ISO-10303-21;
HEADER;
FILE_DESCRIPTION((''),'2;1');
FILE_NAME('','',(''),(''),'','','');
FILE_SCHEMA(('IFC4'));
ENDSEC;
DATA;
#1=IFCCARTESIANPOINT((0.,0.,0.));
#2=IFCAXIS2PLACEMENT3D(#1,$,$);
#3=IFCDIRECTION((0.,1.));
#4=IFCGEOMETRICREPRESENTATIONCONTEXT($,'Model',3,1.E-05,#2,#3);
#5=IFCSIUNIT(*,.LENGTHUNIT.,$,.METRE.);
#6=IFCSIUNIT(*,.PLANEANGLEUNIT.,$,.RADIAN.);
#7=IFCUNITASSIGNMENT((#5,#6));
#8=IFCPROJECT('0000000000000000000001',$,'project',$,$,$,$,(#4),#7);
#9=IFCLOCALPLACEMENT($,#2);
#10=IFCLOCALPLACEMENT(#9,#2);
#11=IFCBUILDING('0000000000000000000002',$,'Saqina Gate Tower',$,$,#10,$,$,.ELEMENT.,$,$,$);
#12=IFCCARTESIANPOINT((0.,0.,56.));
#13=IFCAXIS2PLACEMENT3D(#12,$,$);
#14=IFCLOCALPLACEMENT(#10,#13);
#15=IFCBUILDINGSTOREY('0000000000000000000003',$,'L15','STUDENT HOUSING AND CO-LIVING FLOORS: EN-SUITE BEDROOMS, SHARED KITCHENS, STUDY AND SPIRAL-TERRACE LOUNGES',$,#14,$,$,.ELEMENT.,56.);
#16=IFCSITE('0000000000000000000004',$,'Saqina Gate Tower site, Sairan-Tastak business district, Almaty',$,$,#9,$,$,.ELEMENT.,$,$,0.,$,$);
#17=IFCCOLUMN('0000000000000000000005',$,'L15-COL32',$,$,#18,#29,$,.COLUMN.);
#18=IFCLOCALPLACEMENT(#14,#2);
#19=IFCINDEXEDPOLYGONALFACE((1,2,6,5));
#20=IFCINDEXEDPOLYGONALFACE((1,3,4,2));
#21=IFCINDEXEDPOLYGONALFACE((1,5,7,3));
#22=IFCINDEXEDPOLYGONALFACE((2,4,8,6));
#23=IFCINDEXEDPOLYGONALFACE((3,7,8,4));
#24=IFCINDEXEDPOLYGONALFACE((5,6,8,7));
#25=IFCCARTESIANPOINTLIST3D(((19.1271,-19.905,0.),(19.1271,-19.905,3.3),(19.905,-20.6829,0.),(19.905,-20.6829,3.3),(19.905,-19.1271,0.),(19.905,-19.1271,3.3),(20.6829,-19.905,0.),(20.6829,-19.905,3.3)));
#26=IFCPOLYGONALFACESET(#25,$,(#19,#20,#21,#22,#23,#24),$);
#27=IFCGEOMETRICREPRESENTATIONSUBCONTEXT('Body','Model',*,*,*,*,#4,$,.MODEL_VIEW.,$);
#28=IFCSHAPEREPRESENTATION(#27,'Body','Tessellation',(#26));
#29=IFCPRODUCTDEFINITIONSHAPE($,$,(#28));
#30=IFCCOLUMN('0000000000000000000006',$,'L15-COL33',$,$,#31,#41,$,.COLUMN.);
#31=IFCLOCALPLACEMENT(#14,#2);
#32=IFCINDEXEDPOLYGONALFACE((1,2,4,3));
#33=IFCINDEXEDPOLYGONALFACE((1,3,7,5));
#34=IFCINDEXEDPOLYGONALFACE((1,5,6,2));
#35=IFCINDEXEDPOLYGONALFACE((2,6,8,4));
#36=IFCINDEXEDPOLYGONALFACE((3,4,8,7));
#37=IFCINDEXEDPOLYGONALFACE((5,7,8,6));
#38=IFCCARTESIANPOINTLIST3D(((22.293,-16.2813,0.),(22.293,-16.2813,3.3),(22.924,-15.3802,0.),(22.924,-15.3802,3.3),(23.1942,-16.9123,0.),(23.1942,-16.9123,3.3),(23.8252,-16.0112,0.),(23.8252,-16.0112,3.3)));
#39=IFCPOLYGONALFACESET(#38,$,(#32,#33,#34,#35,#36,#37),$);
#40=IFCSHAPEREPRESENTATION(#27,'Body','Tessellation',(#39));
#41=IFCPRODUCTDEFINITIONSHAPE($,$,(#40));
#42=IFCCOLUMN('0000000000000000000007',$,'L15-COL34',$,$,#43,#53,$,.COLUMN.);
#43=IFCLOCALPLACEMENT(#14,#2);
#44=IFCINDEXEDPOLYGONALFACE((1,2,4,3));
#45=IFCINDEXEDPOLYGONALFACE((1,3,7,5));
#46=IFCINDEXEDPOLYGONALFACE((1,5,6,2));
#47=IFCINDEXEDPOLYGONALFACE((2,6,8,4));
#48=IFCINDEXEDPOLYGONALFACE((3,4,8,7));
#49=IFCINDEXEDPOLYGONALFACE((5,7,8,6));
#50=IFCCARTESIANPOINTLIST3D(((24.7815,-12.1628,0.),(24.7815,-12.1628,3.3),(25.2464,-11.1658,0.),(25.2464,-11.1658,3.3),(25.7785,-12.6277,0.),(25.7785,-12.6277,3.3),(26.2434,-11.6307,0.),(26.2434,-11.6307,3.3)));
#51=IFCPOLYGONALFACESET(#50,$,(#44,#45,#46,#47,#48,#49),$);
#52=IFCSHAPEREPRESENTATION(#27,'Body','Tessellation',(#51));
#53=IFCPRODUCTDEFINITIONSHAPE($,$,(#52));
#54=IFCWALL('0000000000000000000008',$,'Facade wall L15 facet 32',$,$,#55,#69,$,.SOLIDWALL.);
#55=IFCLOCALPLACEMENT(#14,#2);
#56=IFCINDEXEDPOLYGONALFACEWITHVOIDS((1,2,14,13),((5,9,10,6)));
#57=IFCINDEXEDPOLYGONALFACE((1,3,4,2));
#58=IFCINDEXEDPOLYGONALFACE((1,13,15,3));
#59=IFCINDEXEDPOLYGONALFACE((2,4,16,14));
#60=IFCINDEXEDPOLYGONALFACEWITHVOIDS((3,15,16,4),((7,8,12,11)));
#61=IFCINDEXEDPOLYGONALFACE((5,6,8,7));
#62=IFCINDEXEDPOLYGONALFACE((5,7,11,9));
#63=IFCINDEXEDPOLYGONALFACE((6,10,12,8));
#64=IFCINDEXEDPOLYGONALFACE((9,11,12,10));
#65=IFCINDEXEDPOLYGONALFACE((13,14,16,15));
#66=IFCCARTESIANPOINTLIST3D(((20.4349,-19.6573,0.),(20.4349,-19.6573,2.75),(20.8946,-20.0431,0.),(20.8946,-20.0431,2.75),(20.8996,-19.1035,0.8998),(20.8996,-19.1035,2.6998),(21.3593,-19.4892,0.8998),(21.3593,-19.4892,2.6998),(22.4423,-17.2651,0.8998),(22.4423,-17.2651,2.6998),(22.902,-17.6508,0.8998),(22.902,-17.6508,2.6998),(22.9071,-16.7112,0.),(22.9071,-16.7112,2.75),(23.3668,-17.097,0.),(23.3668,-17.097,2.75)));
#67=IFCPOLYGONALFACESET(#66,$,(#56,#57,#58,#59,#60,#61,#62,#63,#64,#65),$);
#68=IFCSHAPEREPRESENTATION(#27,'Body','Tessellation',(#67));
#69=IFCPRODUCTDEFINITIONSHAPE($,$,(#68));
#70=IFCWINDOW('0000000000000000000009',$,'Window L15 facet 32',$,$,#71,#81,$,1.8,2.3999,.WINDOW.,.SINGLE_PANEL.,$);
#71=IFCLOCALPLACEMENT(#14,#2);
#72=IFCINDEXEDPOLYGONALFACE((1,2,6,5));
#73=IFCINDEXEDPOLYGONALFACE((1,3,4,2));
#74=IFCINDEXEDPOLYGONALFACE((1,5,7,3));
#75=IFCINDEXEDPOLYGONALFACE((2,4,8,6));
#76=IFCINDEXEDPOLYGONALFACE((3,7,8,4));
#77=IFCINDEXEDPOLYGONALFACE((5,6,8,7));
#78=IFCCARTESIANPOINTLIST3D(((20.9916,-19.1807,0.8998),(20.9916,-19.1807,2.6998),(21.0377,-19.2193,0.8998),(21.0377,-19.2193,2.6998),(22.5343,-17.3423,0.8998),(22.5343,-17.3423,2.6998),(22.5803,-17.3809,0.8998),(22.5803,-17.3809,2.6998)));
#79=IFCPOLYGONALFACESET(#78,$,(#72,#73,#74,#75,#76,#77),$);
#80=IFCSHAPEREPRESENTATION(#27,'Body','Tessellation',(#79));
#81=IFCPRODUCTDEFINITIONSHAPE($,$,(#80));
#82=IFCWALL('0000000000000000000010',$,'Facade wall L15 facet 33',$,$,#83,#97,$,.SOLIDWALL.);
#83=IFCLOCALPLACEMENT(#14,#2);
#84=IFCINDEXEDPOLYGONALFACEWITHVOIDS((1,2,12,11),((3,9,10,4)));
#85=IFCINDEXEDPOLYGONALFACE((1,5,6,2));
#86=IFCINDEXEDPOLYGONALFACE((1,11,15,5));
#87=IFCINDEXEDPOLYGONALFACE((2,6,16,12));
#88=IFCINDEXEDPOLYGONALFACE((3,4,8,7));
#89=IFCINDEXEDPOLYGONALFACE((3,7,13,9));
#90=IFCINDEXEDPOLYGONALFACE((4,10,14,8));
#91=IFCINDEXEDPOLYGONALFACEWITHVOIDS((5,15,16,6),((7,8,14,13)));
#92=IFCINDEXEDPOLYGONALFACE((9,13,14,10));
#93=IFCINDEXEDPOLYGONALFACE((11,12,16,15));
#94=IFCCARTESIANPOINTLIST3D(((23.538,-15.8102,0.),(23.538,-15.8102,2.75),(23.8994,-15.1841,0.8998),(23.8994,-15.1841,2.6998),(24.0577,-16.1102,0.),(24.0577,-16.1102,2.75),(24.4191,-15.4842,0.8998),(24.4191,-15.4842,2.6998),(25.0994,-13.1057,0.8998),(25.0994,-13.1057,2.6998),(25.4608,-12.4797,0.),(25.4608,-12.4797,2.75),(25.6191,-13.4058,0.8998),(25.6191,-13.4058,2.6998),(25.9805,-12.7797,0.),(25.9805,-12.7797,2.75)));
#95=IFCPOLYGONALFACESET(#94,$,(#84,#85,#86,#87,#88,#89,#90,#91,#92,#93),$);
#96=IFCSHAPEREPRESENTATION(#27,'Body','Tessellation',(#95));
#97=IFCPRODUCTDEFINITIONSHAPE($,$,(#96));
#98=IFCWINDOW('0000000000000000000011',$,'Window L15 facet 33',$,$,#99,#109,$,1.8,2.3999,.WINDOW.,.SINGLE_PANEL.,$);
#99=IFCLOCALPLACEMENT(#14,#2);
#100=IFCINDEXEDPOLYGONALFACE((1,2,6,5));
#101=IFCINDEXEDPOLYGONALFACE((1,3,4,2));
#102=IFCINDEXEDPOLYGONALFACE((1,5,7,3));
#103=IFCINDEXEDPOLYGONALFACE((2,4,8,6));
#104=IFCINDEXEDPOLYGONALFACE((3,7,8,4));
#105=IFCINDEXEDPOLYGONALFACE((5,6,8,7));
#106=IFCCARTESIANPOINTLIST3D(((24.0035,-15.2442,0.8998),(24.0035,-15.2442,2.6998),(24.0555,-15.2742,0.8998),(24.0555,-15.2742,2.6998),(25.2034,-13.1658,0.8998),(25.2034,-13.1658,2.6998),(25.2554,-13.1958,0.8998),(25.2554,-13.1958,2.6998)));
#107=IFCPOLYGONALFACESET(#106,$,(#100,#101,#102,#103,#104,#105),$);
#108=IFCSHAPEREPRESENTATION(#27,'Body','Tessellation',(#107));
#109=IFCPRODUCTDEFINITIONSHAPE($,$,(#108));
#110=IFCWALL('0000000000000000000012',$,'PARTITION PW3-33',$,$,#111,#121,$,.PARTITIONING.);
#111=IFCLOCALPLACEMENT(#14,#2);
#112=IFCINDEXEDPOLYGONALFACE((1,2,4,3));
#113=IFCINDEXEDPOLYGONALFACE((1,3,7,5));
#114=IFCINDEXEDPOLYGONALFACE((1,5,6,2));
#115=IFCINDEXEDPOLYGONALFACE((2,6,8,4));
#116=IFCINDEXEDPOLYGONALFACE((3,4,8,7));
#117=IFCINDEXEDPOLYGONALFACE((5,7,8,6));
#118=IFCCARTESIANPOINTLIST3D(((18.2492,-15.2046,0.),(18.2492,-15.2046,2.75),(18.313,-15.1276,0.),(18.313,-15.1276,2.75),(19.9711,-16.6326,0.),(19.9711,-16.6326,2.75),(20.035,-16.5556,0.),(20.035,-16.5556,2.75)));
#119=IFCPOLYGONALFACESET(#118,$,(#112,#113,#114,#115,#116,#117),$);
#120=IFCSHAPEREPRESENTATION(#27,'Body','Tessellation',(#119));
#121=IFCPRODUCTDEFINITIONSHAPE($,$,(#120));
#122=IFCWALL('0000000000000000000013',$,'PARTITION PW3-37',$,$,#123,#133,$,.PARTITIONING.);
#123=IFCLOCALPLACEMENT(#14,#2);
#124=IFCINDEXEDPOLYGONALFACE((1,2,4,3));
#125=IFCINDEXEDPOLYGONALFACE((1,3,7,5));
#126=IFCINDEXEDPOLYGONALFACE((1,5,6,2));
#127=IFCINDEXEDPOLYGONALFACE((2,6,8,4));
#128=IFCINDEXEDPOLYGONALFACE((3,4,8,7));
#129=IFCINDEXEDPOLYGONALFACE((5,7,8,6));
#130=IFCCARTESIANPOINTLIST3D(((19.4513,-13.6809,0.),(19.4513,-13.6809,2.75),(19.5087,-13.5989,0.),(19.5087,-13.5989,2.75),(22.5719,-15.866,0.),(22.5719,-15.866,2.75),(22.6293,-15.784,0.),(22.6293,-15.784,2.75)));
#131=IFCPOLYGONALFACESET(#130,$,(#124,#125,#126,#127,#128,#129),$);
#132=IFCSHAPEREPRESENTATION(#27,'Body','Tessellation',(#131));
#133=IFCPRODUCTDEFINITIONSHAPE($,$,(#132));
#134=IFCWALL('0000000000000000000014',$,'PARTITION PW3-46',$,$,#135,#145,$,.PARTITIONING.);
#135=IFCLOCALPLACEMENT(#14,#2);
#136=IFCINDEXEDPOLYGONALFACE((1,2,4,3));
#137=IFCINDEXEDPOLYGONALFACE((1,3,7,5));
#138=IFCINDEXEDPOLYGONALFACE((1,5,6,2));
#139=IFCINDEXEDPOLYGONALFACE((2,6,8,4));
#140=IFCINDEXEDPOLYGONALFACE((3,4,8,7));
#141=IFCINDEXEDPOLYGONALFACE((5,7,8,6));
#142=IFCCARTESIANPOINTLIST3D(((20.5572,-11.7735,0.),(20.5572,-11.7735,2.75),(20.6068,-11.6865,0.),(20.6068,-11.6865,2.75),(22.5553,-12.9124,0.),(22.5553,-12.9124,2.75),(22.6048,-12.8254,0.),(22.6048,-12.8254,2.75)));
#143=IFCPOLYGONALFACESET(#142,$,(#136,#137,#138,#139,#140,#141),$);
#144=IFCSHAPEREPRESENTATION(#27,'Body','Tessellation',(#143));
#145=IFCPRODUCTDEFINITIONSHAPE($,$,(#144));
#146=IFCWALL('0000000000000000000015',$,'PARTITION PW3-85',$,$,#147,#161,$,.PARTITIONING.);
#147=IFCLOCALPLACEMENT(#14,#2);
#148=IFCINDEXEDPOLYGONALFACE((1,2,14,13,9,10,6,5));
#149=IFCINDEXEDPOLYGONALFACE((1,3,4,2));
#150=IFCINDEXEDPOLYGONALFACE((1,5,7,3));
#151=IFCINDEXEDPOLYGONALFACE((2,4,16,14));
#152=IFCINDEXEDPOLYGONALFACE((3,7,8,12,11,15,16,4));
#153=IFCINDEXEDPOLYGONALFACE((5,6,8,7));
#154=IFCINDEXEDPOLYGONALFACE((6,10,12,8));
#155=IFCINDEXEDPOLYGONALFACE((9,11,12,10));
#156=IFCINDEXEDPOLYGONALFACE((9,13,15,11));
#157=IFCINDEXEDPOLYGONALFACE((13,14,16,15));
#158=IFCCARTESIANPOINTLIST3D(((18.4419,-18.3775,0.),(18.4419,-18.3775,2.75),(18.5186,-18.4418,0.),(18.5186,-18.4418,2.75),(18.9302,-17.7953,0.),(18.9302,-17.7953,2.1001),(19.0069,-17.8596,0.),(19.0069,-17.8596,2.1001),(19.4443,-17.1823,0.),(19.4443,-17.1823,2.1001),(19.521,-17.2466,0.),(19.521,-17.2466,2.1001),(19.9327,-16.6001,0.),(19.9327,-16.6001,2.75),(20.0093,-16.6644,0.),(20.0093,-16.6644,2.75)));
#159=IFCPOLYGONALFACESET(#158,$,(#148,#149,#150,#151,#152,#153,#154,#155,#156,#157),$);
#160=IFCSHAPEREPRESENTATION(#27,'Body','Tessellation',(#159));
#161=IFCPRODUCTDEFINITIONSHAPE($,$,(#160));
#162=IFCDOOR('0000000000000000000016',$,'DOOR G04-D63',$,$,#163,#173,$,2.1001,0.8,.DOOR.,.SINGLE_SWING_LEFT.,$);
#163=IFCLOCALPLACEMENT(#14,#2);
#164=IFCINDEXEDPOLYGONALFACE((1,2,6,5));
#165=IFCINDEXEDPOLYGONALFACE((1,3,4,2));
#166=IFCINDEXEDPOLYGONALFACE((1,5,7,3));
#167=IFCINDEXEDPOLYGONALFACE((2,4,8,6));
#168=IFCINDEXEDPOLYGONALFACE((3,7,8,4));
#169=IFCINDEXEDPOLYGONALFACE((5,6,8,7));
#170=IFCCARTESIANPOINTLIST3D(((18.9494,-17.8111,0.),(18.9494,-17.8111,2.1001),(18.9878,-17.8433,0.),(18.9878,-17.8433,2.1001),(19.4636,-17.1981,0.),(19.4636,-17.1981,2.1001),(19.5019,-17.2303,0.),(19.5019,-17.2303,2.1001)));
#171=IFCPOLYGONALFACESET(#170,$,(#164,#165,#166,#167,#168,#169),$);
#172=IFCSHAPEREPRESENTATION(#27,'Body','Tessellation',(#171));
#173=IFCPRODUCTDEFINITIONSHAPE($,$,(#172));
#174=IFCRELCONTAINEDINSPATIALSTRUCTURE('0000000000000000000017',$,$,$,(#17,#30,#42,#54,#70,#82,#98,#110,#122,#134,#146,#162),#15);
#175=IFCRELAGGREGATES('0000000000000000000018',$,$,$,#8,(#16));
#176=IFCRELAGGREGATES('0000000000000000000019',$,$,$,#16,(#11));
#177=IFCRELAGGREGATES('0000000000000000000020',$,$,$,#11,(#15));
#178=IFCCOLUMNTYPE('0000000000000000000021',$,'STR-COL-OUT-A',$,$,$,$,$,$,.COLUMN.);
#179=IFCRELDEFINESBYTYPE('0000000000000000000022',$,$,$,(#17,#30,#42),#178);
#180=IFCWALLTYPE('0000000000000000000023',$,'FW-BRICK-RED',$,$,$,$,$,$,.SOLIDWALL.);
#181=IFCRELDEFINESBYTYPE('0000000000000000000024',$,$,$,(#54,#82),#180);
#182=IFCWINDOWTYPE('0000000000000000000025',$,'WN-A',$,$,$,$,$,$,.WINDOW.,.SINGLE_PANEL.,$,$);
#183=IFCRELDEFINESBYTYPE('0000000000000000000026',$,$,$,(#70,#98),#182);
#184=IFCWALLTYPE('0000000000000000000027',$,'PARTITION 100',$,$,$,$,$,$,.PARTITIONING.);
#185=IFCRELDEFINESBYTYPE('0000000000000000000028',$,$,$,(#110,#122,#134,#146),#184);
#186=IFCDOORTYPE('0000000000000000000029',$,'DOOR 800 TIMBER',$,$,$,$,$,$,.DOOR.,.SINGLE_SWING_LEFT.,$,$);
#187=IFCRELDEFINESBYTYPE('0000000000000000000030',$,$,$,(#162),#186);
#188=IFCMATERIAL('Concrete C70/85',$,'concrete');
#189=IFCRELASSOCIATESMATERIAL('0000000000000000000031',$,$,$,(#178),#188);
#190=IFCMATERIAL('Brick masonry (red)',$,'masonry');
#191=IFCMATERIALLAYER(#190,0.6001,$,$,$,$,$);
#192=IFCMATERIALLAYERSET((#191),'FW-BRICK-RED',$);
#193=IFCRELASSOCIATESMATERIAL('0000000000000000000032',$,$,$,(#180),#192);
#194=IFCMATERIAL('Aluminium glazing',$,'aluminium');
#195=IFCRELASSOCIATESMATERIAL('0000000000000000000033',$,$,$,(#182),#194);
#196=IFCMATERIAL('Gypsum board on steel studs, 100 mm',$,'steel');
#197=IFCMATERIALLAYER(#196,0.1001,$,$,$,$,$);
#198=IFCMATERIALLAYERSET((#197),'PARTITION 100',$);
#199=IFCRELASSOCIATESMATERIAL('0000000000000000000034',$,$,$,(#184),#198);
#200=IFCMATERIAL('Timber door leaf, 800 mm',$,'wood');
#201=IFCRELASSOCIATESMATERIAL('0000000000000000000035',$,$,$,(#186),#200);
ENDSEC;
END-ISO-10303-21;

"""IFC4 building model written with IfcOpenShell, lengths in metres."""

from ifc_helpers import new_model, si_unit, direction, frame, frame_2d, origin, origin_2d, place, context, subcontext, project, spatial, rectangle, extrude, material, layer, layer_set, material_profile, profile_set, type_object, element, fill, save


model = new_model("IFC4")

# Units and contexts
model_context = context("Model", 3, precision=1e-05, world=origin(), true_north=direction((0.0, 1.0)))
body_context = subcontext(model_context, "Body", "Model", "MODEL_VIEW")
ifc_project = project(units=[si_unit("LENGTHUNIT", "METRE"), si_unit("PLANEANGLEUNIT", "RADIAN")], contexts=[model_context])

# Site, building, storey
site_placement = place(None, origin())
site = spatial("IfcSite", under=ifc_project, at=site_placement, Name="Saqina Gate Tower site, Sairan-Tastak business district, Almaty", CompositionType="ELEMENT", RefElevation=0.0)
building_placement = place(site_placement, origin())
building = spatial("IfcBuilding", under=site, at=building_placement, Name="Saqina Gate Tower", CompositionType="ELEMENT")
storey_placement = place(building_placement, frame((0.0, 0.0, 56.0)))
storey = spatial("IfcBuildingStorey", under=building, at=storey_placement, Name="L15", Description="STUDENT HOUSING AND CO-LIVING FLOORS: EN-SUITE BEDROOMS, SHARED KITCHENS, STUDY AND SPIRAL-TERRACE LOUNGES", CompositionType="ELEMENT", Elevation=56.0)

# Columns
ifc_material_1 = material(Name="Concrete C70/85", Category="concrete")
ifc_material_profile = material_profile(ifc_material_1, rectangle(XDim=1.1001, YDim=1.1001, at=origin_2d()), Name="RC 1100x1100")
ifc_profile_set = profile_set([ifc_material_profile], Name="Concrete C70/85")
column_type = type_object("IfcColumnType", Name="STR-COL-OUT-A", PredefinedType="COLUMN", material=ifc_profile_set)
for number, where, z_axis, x_axis, name in (
    (1, (19.905, -19.905, 0.0), (0.0, 0.0, 1.0), (0.707107, -0.707107, 0.0), "L15-COL32"),
    (2, (23.0591, -16.1462, 0.0), (0.0, 0.0, 1.0), (0.819152, -0.573576, 0.0), "L15-COL33"),
    (3, (25.5125, -11.8967, 0.0), (0.0, 0.0, 1.0), (0.906308, -0.422618, 0.0), "L15-COL34"),
):
    element("IfcColumn", number, at=place(storey_placement, frame(where, z_axis=z_axis, x_axis=x_axis)), inside=storey, type_object=column_type, Name=name, PredefinedType="COLUMN", context=body_context, shape_type="SweptSolid", body=[
        extrude(rectangle(XDim=1.1001, YDim=1.1001, at=origin_2d()), origin(), (0.0, 0.0, 1.0), 3.3),
    ])

# Walls, openings, windows
ifc_material_2 = material(Name="Brick masonry (red)", Category="masonry")
ifc_layer_1 = layer(ifc_material_2, 0.6001)
ifc_layer_set_1 = layer_set([ifc_layer_1], Name="FW-BRICK-RED")
wall_type_1 = type_object("IfcWallType", Name="FW-BRICK-RED", PredefinedType="SOLIDWALL", material=ifc_layer_set_1)
wall_1_placement = place(storey_placement, frame((20.6648, -19.8501, 0.0), z_axis=(0.0, 0.0, 1.0), x_axis=(0.642809, 0.766026, 0.0)))
wall_1 = element("IfcWall", 4, at=wall_1_placement, inside=storey, type_object=wall_type_1, Name="Facade wall L15 facet 32", PredefinedType="SOLIDWALL", context=body_context, shape_type="SweptSolid", body=[
    extrude(rectangle(XDim=3.8459, YDim=0.6001, at=frame_2d((1.9229, 0.0))), origin(), (0.0, 0.0, 1.0), 2.75),
])
opening_1_placement = place(wall_1_placement, frame((0.7229, 0.0, 0.8999)))
opening_1 = element("IfcOpeningElement", 5, at=opening_1_placement, cuts=wall_1, PredefinedType="OPENING", context=body_context, shape_type="SweptSolid", body=[
    extrude(rectangle(XDim=2.3999, YDim=1.8, at=frame_2d((1.2, 0.8999))), frame((0.0, 0.312, 0.0), z_axis=(0.0, -1.0, 0.0), x_axis=(1.0, 0.0, 0.0)), (0.0, 0.0, 1.0), 0.624),
])
ifc_material_3 = material(Name="Aluminium glazing", Category="aluminium")
window_type = type_object("IfcWindowType", Name="WN-A", PartitioningType="SINGLE_PANEL", PredefinedType="WINDOW", material=ifc_material_3)
window_1_placement = place(opening_1_placement, origin())
window_1 = element("IfcWindow", 6, at=window_1_placement, inside=storey, type_object=window_type, Name="Window L15 facet 32", OverallHeight=1.8, OverallWidth=2.3999, PartitioningType="SINGLE_PANEL", PredefinedType="WINDOW", context=body_context, shape_type="SweptSolid", body=[
    extrude(rectangle(XDim=2.3999, YDim=1.8, at=frame_2d((1.2, 0.8999))), frame((0.0, 0.1799, 0.0), z_axis=(0.0, -1.0, 0.0), x_axis=(1.0, 0.0, 0.0)), (0.0, 0.0, 1.0), 0.0601),
])
fill(opening_1, window_1)
wall_2_placement = place(storey_placement, frame((23.7979, -15.9602, 0.0), z_axis=(0.0, 0.0, 1.0), x_axis=(0.49999, 0.866031, 0.0)))
wall_2 = element("IfcWall", 7, at=wall_2_placement, inside=storey, type_object=wall_type_1, Name="Facade wall L15 facet 33", PredefinedType="SOLIDWALL", context=body_context, shape_type="SweptSolid", body=[
    extrude(rectangle(XDim=3.8457, YDim=0.6001, at=frame_2d((1.9229, 0.0))), origin(), (0.0, 0.0, 1.0), 2.75),
])
opening_2_placement = place(wall_2_placement, frame((0.7229, 0.0, 0.8999)))
opening_2 = element("IfcOpeningElement", 8, at=opening_2_placement, cuts=wall_2, PredefinedType="OPENING", context=body_context, shape_type="SweptSolid", body=[
    extrude(rectangle(XDim=2.3999, YDim=1.8, at=frame_2d((1.2, 0.8999))), frame((0.0, 0.312, 0.0), z_axis=(0.0, -1.0, 0.0), x_axis=(1.0, 0.0, 0.0)), (0.0, 0.0, 1.0), 0.624),
])
window_2_placement = place(opening_2_placement, origin())
window_2 = element("IfcWindow", 9, at=window_2_placement, inside=storey, type_object=window_type, Name="Window L15 facet 33", OverallHeight=1.8, OverallWidth=2.3999, PartitioningType="SINGLE_PANEL", PredefinedType="WINDOW", context=body_context, shape_type="SweptSolid", body=[
    extrude(rectangle(XDim=2.3999, YDim=1.8, at=frame_2d((1.2, 0.8999))), frame((0.0, 0.1799, 0.0), z_axis=(0.0, -1.0, 0.0), x_axis=(1.0, 0.0, 0.0)), (0.0, 0.0, 1.0), 0.0601),
])
fill(opening_2, window_2)

# Walls
ifc_material_4 = material(Name="Gypsum board on steel studs, 100 mm", Category="steel")
ifc_layer_2 = layer(ifc_material_4, 0.1001)
ifc_layer_set_2 = layer_set([ifc_layer_2], Name="PARTITION 100")
wall_type_2 = type_object("IfcWallType", Name="PARTITION 100", PredefinedType="PARTITIONING", material=ifc_layer_set_2)
wall_3_placement = place(storey_placement, frame((18.281, -15.166, 0.0), z_axis=(0.0, 0.0, 1.0), x_axis=(0.769749, -0.638347, 0.0)))
element("IfcWall", 10, at=wall_3_placement, inside=storey, type_object=wall_type_2, Name="PARTITION PW3-33", PredefinedType="PARTITIONING", context=body_context, shape_type="SweptSolid", body=[
    extrude(rectangle(XDim=2.2371, YDim=0.1001, at=frame_2d((1.1187, 0.0))), origin(), (0.0, 0.0, 1.0), 2.75),
])
wall_4_placement = place(storey_placement, frame((19.48, -13.6399, 0.0), z_axis=(0.0, 0.0, 1.0), x_axis=(0.819154, -0.573574, 0.0)))
element("IfcWall", 11, at=wall_4_placement, inside=storey, type_object=wall_type_2, Name="PARTITION PW3-37", PredefinedType="PARTITIONING", context=body_context, shape_type="SweptSolid", body=[
    extrude(rectangle(XDim=3.8096, YDim=0.1001, at=frame_2d((1.9048, 0.0))), origin(), (0.0, 0.0, 1.0), 2.75),
])
wall_5_placement = place(storey_placement, frame((20.582, -11.73, 0.0), z_axis=(0.0, 0.0, 1.0), x_axis=(0.868772, -0.495213, 0.0)))
element("IfcWall", 12, at=wall_5_placement, inside=storey, type_object=wall_type_2, Name="PARTITION PW3-46", PredefinedType="PARTITIONING", context=body_context, shape_type="SweptSolid", body=[
    extrude(rectangle(XDim=2.2998, YDim=0.1001, at=frame_2d((1.1499, 0.0))), origin(), (0.0, 0.0, 1.0), 2.75),
])

# Wall, opening, door
wall_6_placement = place(storey_placement, frame((18.4802, -18.4097, 0.0), z_axis=(0.0, 0.0, 1.0), x_axis=(0.642624, 0.766182, 0.0)))
wall_6 = element("IfcWall", 13, at=wall_6_placement, inside=storey, type_object=wall_type_2, Name="PARTITION PW3-85", PredefinedType="PARTITIONING", context=body_context, shape_type="SweptSolid", body=[
    extrude(rectangle(XDim=2.3198, YDim=0.1001, at=frame_2d((1.1599, 0.0))), origin(), (0.0, 0.0, 1.0), 2.75),
])
opening_3_placement = place(wall_6_placement, frame((0.76, 0.0, 0.0)))
opening_3 = element("IfcOpeningElement", 14, at=opening_3_placement, cuts=wall_6, PredefinedType="OPENING", context=body_context, shape_type="SweptSolid", body=[
    extrude(rectangle(XDim=0.8, YDim=2.1001, at=frame_2d((0.3999, 1.05))), frame((0.0, 0.062, 0.0), z_axis=(0.0, -1.0, 0.0), x_axis=(1.0, 0.0, 0.0)), (0.0, 0.0, 1.0), 0.124),
])
ifc_material_5 = material(Name="Timber door leaf, 800 mm", Category="wood")
door_type_1 = type_object("IfcDoorType", Name="DOOR 800 TIMBER", OperationType="SINGLE_SWING_LEFT", PredefinedType="DOOR", material=ifc_material_5)
door_1_placement = place(opening_3_placement, frame((0.8, 0.0, 0.0), z_axis=(0.0, 0.0, 1.0), x_axis=(-1.0, 0.0, 0.0)))
door_1 = element("IfcDoor", 15, at=door_1_placement, inside=storey, type_object=door_type_1, Name="DOOR G04-D63", OperationType="SINGLE_SWING_LEFT", OverallHeight=2.1001, OverallWidth=0.8, PredefinedType="DOOR", context=body_context, shape_type="SweptSolid", body=[
    extrude(rectangle(XDim=0.8, YDim=2.1001, at=frame_2d((0.3999, 1.05))), frame((0.0, 0.0249, 0.0), z_axis=(0.0, -1.0, 0.0), x_axis=(1.0, 0.0, 0.0)), (0.0, 0.0, 1.0), 0.05),
])
fill(opening_3, door_1)

save(model, "model.ifc")
